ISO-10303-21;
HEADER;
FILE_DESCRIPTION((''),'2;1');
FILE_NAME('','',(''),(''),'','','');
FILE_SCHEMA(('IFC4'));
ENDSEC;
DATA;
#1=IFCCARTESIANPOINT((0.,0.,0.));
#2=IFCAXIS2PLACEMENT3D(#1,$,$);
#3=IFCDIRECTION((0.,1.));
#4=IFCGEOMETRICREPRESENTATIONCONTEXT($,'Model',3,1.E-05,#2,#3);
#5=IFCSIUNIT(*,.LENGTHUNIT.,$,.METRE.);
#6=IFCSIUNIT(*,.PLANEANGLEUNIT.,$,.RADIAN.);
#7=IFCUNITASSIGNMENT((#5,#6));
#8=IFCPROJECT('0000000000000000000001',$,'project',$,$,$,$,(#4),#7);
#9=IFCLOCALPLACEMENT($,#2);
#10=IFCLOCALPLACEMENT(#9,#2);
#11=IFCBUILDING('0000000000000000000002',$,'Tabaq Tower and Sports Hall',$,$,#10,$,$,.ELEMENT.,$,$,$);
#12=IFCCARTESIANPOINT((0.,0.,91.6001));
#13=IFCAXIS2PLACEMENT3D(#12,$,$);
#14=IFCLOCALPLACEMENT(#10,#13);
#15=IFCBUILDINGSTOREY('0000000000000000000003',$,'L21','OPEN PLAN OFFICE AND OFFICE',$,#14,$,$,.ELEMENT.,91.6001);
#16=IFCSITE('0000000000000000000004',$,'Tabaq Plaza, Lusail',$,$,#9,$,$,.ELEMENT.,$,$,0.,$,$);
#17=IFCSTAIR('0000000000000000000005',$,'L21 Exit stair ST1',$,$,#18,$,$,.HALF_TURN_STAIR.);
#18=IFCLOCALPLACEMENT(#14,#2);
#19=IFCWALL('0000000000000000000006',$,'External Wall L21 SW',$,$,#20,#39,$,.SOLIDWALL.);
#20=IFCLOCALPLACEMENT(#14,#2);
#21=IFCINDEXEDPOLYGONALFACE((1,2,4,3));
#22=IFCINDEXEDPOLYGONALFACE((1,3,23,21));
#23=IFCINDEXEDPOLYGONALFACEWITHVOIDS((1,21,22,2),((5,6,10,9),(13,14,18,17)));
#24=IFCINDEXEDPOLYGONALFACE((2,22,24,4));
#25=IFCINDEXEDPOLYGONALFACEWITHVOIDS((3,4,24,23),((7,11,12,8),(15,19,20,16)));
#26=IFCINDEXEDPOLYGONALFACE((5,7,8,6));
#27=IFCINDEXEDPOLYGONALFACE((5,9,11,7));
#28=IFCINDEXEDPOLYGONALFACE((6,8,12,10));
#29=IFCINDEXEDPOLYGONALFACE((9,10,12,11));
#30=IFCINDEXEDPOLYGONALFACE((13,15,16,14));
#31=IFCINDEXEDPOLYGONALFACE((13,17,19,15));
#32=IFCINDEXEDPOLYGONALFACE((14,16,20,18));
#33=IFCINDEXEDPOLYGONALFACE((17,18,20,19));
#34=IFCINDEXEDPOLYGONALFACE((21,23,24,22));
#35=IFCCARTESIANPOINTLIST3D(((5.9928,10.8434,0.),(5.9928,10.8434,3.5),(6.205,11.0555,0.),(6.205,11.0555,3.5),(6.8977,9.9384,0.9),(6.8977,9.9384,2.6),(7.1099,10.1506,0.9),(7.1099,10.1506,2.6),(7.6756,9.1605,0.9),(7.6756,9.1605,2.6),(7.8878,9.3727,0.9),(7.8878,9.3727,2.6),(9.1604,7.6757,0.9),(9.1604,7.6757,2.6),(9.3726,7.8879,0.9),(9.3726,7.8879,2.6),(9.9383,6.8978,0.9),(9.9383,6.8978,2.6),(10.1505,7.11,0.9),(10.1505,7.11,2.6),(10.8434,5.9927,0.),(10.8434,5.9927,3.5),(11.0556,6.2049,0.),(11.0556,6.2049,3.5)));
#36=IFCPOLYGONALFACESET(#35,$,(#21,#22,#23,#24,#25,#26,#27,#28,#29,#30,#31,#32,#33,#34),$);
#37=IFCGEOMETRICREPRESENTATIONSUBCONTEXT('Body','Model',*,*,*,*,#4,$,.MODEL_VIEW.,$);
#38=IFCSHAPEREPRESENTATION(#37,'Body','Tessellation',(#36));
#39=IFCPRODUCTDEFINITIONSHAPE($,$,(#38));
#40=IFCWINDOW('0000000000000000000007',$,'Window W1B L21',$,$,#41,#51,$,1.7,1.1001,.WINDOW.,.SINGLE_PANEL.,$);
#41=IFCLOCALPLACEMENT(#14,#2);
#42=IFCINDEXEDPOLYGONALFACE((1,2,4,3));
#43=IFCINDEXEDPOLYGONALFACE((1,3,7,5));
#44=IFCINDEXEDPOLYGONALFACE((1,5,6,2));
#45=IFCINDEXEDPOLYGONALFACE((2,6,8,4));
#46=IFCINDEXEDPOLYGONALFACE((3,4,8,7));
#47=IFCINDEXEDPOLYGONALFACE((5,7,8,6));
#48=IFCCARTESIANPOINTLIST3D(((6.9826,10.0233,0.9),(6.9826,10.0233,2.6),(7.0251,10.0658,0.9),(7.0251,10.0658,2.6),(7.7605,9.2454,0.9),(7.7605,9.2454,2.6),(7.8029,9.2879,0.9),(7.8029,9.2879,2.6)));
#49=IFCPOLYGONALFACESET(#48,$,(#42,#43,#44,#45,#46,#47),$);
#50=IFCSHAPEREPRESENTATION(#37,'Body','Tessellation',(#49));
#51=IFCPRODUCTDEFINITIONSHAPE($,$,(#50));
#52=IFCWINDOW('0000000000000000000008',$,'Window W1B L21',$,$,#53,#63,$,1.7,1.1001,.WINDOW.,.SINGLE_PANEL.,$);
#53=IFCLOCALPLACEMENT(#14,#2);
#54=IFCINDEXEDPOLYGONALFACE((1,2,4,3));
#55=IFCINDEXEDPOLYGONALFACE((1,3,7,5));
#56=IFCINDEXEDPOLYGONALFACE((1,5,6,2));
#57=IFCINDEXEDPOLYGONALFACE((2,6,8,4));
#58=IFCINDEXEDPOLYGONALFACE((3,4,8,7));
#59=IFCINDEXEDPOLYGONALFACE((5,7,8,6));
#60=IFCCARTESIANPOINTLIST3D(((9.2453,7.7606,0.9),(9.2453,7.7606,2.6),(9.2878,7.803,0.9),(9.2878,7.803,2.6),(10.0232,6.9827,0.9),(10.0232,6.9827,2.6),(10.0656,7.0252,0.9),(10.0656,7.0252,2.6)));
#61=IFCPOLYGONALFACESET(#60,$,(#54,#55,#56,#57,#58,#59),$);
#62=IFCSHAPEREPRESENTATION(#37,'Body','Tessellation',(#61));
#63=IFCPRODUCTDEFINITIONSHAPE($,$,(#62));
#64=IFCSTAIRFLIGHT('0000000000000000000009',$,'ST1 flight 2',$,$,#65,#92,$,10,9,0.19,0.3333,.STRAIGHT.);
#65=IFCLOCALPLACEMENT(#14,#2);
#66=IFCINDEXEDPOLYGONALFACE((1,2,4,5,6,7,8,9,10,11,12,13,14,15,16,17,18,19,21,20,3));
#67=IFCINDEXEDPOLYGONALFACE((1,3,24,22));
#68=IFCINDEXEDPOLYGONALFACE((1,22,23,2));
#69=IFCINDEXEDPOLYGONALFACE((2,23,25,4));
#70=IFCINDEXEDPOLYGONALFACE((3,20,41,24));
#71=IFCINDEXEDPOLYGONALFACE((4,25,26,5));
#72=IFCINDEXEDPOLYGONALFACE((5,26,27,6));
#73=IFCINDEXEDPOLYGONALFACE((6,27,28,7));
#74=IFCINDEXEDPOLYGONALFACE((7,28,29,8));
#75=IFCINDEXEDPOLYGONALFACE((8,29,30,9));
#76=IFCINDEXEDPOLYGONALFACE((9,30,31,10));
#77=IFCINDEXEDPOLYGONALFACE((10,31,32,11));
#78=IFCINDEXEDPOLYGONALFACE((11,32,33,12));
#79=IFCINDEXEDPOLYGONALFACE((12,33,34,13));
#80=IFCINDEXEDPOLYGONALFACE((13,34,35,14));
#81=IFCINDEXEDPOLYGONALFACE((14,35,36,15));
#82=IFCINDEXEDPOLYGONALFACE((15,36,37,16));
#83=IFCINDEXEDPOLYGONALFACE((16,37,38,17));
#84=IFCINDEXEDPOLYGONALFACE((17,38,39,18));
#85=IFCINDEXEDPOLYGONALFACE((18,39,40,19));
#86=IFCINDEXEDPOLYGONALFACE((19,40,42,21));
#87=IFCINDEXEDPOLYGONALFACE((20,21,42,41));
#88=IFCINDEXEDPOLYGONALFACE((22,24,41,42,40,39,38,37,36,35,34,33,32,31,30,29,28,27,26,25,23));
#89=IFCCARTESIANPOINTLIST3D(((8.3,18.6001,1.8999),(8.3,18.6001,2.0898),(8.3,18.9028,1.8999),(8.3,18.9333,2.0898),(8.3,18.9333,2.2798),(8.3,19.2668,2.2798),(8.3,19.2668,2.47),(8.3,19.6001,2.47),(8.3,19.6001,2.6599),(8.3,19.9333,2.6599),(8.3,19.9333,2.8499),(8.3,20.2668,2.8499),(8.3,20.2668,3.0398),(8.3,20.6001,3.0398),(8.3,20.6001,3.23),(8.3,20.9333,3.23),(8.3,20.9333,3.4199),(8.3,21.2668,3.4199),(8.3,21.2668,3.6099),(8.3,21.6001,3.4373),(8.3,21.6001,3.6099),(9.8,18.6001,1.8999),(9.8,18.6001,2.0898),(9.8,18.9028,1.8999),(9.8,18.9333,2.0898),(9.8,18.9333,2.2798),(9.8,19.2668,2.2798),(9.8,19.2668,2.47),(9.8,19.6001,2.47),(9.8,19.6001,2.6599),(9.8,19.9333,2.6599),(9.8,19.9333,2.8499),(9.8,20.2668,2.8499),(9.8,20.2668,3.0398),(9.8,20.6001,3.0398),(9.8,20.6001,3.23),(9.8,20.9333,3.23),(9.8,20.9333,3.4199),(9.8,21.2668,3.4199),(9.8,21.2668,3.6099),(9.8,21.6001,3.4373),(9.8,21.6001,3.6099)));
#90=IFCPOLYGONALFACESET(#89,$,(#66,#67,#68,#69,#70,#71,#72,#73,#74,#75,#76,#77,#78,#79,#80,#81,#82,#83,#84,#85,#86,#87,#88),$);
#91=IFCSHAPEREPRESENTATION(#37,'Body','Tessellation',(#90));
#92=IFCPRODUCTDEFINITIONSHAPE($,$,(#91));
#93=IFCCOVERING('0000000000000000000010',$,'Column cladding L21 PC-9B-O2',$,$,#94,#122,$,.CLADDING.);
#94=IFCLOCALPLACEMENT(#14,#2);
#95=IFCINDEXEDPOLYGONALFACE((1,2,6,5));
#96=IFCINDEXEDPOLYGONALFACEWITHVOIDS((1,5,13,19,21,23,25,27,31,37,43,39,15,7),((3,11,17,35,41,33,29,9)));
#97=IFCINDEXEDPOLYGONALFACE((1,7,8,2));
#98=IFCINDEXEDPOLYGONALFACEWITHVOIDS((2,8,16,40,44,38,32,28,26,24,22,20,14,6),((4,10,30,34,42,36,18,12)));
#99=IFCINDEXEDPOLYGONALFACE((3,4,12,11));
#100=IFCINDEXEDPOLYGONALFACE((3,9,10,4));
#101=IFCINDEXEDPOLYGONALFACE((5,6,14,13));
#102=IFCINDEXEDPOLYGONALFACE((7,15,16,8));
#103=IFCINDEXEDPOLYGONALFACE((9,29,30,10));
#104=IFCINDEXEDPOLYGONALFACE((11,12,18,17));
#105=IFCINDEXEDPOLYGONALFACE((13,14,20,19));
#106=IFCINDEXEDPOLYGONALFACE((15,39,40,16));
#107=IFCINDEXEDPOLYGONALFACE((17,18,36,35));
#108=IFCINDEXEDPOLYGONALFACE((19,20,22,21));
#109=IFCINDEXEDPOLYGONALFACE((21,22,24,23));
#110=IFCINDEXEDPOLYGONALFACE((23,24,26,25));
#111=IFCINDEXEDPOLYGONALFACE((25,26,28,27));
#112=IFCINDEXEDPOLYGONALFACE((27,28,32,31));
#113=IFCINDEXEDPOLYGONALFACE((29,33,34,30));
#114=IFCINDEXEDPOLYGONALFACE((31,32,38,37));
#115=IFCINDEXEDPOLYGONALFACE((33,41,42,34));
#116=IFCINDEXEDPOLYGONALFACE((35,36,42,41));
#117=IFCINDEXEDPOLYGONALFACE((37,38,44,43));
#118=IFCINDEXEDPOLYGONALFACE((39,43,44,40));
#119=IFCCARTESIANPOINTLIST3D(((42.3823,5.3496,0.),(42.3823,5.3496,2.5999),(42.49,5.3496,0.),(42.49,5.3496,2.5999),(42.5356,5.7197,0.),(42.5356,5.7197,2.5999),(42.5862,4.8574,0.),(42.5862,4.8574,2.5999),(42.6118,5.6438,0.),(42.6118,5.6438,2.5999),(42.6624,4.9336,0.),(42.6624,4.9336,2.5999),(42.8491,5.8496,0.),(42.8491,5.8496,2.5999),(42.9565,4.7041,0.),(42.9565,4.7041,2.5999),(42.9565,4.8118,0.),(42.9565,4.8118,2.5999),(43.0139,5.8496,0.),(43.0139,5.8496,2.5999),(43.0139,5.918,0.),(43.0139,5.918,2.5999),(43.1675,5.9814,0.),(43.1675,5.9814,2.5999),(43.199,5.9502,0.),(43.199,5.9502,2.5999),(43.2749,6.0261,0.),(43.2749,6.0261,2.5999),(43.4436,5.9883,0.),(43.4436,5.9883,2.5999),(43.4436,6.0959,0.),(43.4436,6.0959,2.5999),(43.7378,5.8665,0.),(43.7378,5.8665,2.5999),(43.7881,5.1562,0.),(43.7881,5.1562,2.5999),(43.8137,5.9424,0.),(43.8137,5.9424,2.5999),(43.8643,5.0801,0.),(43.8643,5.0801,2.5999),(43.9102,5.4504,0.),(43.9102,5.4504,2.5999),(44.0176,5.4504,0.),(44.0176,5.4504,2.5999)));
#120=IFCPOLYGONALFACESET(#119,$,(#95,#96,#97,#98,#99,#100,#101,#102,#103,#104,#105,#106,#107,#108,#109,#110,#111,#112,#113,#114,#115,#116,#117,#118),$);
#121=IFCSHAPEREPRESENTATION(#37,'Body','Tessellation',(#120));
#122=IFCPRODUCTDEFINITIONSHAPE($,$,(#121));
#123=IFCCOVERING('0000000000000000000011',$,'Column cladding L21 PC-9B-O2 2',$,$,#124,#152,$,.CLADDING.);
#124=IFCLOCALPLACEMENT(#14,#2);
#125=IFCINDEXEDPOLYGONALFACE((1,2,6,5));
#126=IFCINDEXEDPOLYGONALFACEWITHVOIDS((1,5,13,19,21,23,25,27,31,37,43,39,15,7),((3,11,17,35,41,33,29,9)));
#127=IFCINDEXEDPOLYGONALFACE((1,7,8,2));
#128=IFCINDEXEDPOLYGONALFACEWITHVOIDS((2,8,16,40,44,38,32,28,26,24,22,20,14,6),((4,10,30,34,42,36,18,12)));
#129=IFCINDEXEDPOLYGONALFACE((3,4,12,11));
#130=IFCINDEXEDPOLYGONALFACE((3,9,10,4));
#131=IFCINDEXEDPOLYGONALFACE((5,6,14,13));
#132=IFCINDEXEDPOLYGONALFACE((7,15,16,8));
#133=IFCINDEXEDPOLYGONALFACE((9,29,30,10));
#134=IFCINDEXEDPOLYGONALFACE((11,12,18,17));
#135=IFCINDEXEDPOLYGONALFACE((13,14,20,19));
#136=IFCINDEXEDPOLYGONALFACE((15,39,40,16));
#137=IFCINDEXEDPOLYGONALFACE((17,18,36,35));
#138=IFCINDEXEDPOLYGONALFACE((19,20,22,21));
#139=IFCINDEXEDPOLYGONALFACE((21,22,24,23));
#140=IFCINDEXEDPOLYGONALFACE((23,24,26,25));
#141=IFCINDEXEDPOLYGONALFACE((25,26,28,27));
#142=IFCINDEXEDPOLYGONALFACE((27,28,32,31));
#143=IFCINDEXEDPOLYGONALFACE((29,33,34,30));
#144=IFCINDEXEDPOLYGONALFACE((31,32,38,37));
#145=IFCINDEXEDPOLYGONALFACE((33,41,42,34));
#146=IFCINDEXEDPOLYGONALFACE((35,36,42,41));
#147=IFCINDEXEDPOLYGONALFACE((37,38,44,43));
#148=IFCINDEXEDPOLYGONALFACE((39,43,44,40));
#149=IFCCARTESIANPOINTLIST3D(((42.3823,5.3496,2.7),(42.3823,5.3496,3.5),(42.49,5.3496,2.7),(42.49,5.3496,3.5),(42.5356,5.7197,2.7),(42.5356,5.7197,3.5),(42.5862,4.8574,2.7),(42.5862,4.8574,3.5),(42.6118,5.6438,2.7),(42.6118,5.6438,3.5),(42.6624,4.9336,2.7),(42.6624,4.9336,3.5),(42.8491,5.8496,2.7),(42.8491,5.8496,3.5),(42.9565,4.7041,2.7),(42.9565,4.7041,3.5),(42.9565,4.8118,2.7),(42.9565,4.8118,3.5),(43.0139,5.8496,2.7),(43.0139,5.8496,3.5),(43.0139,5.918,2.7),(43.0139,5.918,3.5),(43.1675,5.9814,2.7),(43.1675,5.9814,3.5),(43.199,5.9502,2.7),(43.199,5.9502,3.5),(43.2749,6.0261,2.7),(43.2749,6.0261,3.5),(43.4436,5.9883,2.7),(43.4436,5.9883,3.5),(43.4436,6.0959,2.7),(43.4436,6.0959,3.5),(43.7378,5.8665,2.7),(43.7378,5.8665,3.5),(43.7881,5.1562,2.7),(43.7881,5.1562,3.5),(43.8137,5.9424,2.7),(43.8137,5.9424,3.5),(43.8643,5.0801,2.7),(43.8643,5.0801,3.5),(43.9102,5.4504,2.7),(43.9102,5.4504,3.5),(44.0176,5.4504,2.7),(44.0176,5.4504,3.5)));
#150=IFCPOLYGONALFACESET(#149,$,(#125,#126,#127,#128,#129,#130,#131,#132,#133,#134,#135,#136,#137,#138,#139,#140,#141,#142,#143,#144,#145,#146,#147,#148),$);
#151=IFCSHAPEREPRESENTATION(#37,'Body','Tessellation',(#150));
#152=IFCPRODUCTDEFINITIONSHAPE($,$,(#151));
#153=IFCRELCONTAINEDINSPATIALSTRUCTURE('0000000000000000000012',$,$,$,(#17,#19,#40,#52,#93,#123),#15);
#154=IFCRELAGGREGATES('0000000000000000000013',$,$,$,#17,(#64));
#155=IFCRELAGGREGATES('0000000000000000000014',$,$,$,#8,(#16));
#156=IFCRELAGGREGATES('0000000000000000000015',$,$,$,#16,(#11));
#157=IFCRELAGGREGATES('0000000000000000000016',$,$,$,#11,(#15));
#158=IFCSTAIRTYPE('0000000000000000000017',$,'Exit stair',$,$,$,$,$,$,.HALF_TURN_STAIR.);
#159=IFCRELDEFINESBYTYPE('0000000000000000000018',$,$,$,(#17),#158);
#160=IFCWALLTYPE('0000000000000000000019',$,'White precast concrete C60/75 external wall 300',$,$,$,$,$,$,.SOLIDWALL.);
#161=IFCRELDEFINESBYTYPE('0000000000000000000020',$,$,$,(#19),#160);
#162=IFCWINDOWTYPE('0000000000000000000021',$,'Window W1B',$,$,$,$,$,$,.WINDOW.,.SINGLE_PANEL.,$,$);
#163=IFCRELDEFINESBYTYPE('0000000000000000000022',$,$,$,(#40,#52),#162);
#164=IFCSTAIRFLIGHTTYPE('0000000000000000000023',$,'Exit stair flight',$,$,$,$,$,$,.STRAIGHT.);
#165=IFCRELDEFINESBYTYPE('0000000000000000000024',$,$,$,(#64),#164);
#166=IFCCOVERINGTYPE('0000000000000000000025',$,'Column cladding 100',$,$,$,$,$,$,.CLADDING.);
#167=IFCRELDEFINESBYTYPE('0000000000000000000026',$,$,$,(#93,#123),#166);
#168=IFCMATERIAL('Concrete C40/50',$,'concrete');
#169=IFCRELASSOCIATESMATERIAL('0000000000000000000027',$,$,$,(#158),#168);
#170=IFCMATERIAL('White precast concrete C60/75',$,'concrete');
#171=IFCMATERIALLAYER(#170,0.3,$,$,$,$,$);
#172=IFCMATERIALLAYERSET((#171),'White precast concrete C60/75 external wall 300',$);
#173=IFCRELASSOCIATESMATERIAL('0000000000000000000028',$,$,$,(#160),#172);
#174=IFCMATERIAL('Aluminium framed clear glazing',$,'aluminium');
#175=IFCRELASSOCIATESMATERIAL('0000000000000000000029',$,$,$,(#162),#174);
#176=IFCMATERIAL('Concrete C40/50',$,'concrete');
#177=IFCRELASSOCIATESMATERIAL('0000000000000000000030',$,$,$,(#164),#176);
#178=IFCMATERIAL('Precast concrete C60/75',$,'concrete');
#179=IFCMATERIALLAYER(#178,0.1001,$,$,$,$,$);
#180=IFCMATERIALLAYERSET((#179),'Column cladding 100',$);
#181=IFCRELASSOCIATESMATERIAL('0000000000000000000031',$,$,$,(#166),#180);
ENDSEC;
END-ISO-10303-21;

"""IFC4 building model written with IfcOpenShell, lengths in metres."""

from ifc_helpers import new_model, si_unit, direction, frame, frame_2d, origin, place, context, subcontext, project, spatial, polyline, rectangle, outline, extrude, material, layer, layer_set, type_object, element, fill, aggregate, save


model = new_model("IFC4")

# Units and contexts
model_context = context("Model", 3, precision=1e-05, world=origin(), true_north=direction((0.0, 1.0)))
body_context = subcontext(model_context, "Body", "Model", "MODEL_VIEW")
ifc_project = project(units=[si_unit("LENGTHUNIT", "METRE"), si_unit("PLANEANGLEUNIT", "RADIAN")], contexts=[model_context])

# Site, building, storey
site_placement = place(None, origin())
site = spatial("IfcSite", under=ifc_project, at=site_placement, Name="Tabaq Plaza, Lusail", CompositionType="ELEMENT", RefElevation=0.0)
building_placement = place(site_placement, origin())
building = spatial("IfcBuilding", under=site, at=building_placement, Name="Tabaq Tower and Sports Hall", CompositionType="ELEMENT")
storey_placement = place(building_placement, frame((0.0, 0.0, 91.6001)))
storey = spatial("IfcBuildingStorey", under=building, at=storey_placement, Name="L21", Description="OPEN PLAN OFFICE AND OFFICE", CompositionType="ELEMENT", Elevation=91.6001)

# Stair
ifc_material_1 = material(Name="Concrete C40/50", Category="concrete")
stair_type = type_object("IfcStairType", Name="Exit stair", PredefinedType="HALF_TURN_STAIR", material=ifc_material_1)
stair_1_placement = place(storey_placement, origin())
stair_1 = element("IfcStair", 1, at=stair_1_placement, inside=storey, type_object=stair_type, Name="L21 Exit stair ST1", PredefinedType="HALF_TURN_STAIR")

# Wall, openings, windows
ifc_material_2 = material(Name="White precast concrete C60/75", Category="concrete")
ifc_layer_1 = layer(ifc_material_2, 0.3)
ifc_layer_set_1 = layer_set([ifc_layer_1], Name="White precast concrete C60/75 external wall 300")
wall_type_1 = type_object("IfcWallType", Name="White precast concrete C60/75 external wall 300", PredefinedType="SOLIDWALL", material=ifc_layer_set_1)
ifc_material_3 = material(Name="Aluminium framed clear glazing", Category="aluminium")
window_type = type_object("IfcWindowType", Name="Window W1B", PartitioningType="SINGLE_PANEL", PredefinedType="WINDOW", material=ifc_material_3)
wall_1_placement = place(storey_placement, frame((6.0989, 10.9495, 0.0), z_axis=(0.0, 0.0, 1.0), x_axis=(0.707107, -0.707107, 0.0)))
wall_1 = element("IfcWall", 2, at=wall_1_placement, inside=storey, type_object=wall_type_1, Name="External Wall L21 SW", PredefinedType="SOLIDWALL", context=body_context, shape_type="SweptSolid", body=[
    extrude(rectangle(XDim=6.8599, YDim=0.3, at=frame_2d((3.4299, 0.0))), origin(), (0.0, 0.0, 1.0), 3.5),
])
opening_1_placement = place(wall_1_placement, frame((1.2798, 0.0, 0.8999)))
opening_1 = element("IfcOpeningElement", 3, at=opening_1_placement, cuts=wall_1, PredefinedType="OPENING", context=body_context, shape_type="SweptSolid", body=[
    extrude(rectangle(XDim=1.1001, YDim=1.7, at=frame_2d((0.55, 0.8501))), frame((0.0, 0.1602, 0.0), z_axis=(0.0, -1.0, 0.0), x_axis=(1.0, 0.0, 0.0)), (0.0, 0.0, 1.0), 0.3201),
])
opening_2_placement = place(wall_1_placement, frame((4.4797, 0.0, 0.8999)))
opening_2 = element("IfcOpeningElement", 4, at=opening_2_placement, cuts=wall_1, PredefinedType="OPENING", context=body_context, shape_type="SweptSolid", body=[
    extrude(rectangle(XDim=1.1001, YDim=1.7, at=frame_2d((0.55, 0.8501))), frame((0.0, 0.1602, 0.0), z_axis=(0.0, -1.0, 0.0), x_axis=(1.0, 0.0, 0.0)), (0.0, 0.0, 1.0), 0.3201),
])
window_1_placement = place(opening_1_placement, origin())
window_1 = element("IfcWindow", 5, at=window_1_placement, inside=storey, type_object=window_type, Name="Window W1B L21", OverallHeight=1.7, OverallWidth=1.1001, PartitioningType="SINGLE_PANEL", PredefinedType="WINDOW", context=body_context, shape_type="SweptSolid", body=[
    extrude(rectangle(XDim=1.1001, YDim=1.7, at=frame_2d((0.55, 0.8501))), frame((0.0, 0.03, 0.0), z_axis=(0.0, -1.0, 0.0), x_axis=(1.0, 0.0, 0.0)), (0.0, 0.0, 1.0), 0.0601),
])
fill(opening_1, window_1)
window_2_placement = place(opening_2_placement, origin())
window_2 = element("IfcWindow", 6, at=window_2_placement, inside=storey, type_object=window_type, Name="Window W1B L21", OverallHeight=1.7, OverallWidth=1.1001, PartitioningType="SINGLE_PANEL", PredefinedType="WINDOW", context=body_context, shape_type="SweptSolid", body=[
    extrude(rectangle(XDim=1.1001, YDim=1.7, at=frame_2d((0.55, 0.8501))), frame((0.0, 0.03, 0.0), z_axis=(0.0, -1.0, 0.0), x_axis=(1.0, 0.0, 0.0)), (0.0, 0.0, 1.0), 0.0601),
])
fill(opening_2, window_2)

# Stair flight
ifc_material_4 = material(Name="Concrete C40/50", Category="concrete")
stair_flight_type = type_object("IfcStairFlightType", Name="Exit stair flight", PredefinedType="STRAIGHT", material=ifc_material_4)
stair_flight_placement = place(storey_placement, frame((9.05, 18.6001, 1.8999), z_axis=(0.0, 0.0, 1.0), x_axis=(0.0, 1.0, 0.0)))
stair_flight = element("IfcStairFlight", 7, at=stair_flight_placement, type_object=stair_flight_type, Name="ST1 flight 2", NumberOfRisers=10, NumberOfTreads=9, PredefinedType="STRAIGHT", RiserHeight=0.19, TreadLength=0.3333, context=body_context, shape_type="SweptSolid", body=[
    extrude(outline(polyline([(0.0, 0.0), (0.0, 0.1899), (0.3333, 0.1899), (0.3333, 0.3799), (0.6667, 0.3799), (0.6667, 0.5701), (1.0, 0.5701), (1.0, 0.76), (1.3333, 0.76), (1.3333, 0.95), (1.6667, 0.95), (1.6667, 1.1399), (2.0, 1.1399), (2.0, 1.3301), (2.3333, 1.3301), (2.3333, 1.52), (2.6667, 1.52), (2.6667, 1.71), (3.0, 1.71), (3.0, 1.8999), (3.0, 1.5374), (0.3027, 0.0), (0.0, 0.0)])), frame((0.0, 0.75, 0.0), z_axis=(0.0, -1.0, 0.0), x_axis=(1.0, 0.0, 0.0)), (0.0, 0.0, 1.0), 1.5),
])
aggregate(stair_1, [stair_flight])

# Coverings
ifc_material_5 = material(Name="Precast concrete C60/75", Category="concrete")
ifc_layer_2 = layer(ifc_material_5, 0.1001)
ifc_layer_set_2 = layer_set([ifc_layer_2], Name="Column cladding 100")
covering_type_1 = type_object("IfcCoveringType", Name="Column cladding 100", PredefinedType="CLADDING", material=ifc_layer_set_2)
covering_1_placement = place(storey_placement, origin())
element("IfcCovering", 8, at=covering_1_placement, inside=storey, type_object=covering_type_1, Name="Column cladding L21 PC-9B-O2", PredefinedType="CLADDING", context=body_context, shape_type="SweptSolid", body=[
    extrude(outline(polyline([(42.3823, 5.3496), (42.5356, 5.7197), (42.8491, 5.8496), (43.0139, 5.8496), (43.0139, 5.918), (43.1675, 5.9814), (43.199, 5.9502), (43.2749, 6.0261), (43.4436, 6.0959), (43.8137, 5.9424), (44.0176, 5.4504), (43.8643, 5.0801), (42.9565, 4.7041), (42.5862, 4.8574), (42.3823, 5.3496)]), holes=[polyline([(43.9102, 5.4504), (43.7378, 5.8665), (43.4436, 5.9883), (42.6118, 5.6438), (42.49, 5.3496), (42.6624, 4.9336), (42.9565, 4.8118), (43.7881, 5.1562), (43.9102, 5.4504)])]), origin(), (0.0, 0.0, 1.0), 2.5999),
])
covering_2_placement = place(storey_placement, frame((0.0, 0.0, 2.7)))
element("IfcCovering", 9, at=covering_2_placement, inside=storey, type_object=covering_type_1, Name="Column cladding L21 PC-9B-O2 2", PredefinedType="CLADDING", context=body_context, shape_type="SweptSolid", body=[
    extrude(outline(polyline([(42.3823, 5.3496), (42.5356, 5.7197), (42.8491, 5.8496), (43.0139, 5.8496), (43.0139, 5.918), (43.1675, 5.9814), (43.199, 5.9502), (43.2749, 6.0261), (43.4436, 6.0959), (43.8137, 5.9424), (44.0176, 5.4504), (43.8643, 5.0801), (42.9565, 4.7041), (42.5862, 4.8574), (42.3823, 5.3496)]), holes=[polyline([(43.9102, 5.4504), (43.7378, 5.8665), (43.4436, 5.9883), (42.6118, 5.6438), (42.49, 5.3496), (42.6624, 4.9336), (42.9565, 4.8118), (43.7881, 5.1562), (43.9102, 5.4504)])]), origin(), (0.0, 0.0, 1.0), 0.8),
])

save(model, "model.ifc")
